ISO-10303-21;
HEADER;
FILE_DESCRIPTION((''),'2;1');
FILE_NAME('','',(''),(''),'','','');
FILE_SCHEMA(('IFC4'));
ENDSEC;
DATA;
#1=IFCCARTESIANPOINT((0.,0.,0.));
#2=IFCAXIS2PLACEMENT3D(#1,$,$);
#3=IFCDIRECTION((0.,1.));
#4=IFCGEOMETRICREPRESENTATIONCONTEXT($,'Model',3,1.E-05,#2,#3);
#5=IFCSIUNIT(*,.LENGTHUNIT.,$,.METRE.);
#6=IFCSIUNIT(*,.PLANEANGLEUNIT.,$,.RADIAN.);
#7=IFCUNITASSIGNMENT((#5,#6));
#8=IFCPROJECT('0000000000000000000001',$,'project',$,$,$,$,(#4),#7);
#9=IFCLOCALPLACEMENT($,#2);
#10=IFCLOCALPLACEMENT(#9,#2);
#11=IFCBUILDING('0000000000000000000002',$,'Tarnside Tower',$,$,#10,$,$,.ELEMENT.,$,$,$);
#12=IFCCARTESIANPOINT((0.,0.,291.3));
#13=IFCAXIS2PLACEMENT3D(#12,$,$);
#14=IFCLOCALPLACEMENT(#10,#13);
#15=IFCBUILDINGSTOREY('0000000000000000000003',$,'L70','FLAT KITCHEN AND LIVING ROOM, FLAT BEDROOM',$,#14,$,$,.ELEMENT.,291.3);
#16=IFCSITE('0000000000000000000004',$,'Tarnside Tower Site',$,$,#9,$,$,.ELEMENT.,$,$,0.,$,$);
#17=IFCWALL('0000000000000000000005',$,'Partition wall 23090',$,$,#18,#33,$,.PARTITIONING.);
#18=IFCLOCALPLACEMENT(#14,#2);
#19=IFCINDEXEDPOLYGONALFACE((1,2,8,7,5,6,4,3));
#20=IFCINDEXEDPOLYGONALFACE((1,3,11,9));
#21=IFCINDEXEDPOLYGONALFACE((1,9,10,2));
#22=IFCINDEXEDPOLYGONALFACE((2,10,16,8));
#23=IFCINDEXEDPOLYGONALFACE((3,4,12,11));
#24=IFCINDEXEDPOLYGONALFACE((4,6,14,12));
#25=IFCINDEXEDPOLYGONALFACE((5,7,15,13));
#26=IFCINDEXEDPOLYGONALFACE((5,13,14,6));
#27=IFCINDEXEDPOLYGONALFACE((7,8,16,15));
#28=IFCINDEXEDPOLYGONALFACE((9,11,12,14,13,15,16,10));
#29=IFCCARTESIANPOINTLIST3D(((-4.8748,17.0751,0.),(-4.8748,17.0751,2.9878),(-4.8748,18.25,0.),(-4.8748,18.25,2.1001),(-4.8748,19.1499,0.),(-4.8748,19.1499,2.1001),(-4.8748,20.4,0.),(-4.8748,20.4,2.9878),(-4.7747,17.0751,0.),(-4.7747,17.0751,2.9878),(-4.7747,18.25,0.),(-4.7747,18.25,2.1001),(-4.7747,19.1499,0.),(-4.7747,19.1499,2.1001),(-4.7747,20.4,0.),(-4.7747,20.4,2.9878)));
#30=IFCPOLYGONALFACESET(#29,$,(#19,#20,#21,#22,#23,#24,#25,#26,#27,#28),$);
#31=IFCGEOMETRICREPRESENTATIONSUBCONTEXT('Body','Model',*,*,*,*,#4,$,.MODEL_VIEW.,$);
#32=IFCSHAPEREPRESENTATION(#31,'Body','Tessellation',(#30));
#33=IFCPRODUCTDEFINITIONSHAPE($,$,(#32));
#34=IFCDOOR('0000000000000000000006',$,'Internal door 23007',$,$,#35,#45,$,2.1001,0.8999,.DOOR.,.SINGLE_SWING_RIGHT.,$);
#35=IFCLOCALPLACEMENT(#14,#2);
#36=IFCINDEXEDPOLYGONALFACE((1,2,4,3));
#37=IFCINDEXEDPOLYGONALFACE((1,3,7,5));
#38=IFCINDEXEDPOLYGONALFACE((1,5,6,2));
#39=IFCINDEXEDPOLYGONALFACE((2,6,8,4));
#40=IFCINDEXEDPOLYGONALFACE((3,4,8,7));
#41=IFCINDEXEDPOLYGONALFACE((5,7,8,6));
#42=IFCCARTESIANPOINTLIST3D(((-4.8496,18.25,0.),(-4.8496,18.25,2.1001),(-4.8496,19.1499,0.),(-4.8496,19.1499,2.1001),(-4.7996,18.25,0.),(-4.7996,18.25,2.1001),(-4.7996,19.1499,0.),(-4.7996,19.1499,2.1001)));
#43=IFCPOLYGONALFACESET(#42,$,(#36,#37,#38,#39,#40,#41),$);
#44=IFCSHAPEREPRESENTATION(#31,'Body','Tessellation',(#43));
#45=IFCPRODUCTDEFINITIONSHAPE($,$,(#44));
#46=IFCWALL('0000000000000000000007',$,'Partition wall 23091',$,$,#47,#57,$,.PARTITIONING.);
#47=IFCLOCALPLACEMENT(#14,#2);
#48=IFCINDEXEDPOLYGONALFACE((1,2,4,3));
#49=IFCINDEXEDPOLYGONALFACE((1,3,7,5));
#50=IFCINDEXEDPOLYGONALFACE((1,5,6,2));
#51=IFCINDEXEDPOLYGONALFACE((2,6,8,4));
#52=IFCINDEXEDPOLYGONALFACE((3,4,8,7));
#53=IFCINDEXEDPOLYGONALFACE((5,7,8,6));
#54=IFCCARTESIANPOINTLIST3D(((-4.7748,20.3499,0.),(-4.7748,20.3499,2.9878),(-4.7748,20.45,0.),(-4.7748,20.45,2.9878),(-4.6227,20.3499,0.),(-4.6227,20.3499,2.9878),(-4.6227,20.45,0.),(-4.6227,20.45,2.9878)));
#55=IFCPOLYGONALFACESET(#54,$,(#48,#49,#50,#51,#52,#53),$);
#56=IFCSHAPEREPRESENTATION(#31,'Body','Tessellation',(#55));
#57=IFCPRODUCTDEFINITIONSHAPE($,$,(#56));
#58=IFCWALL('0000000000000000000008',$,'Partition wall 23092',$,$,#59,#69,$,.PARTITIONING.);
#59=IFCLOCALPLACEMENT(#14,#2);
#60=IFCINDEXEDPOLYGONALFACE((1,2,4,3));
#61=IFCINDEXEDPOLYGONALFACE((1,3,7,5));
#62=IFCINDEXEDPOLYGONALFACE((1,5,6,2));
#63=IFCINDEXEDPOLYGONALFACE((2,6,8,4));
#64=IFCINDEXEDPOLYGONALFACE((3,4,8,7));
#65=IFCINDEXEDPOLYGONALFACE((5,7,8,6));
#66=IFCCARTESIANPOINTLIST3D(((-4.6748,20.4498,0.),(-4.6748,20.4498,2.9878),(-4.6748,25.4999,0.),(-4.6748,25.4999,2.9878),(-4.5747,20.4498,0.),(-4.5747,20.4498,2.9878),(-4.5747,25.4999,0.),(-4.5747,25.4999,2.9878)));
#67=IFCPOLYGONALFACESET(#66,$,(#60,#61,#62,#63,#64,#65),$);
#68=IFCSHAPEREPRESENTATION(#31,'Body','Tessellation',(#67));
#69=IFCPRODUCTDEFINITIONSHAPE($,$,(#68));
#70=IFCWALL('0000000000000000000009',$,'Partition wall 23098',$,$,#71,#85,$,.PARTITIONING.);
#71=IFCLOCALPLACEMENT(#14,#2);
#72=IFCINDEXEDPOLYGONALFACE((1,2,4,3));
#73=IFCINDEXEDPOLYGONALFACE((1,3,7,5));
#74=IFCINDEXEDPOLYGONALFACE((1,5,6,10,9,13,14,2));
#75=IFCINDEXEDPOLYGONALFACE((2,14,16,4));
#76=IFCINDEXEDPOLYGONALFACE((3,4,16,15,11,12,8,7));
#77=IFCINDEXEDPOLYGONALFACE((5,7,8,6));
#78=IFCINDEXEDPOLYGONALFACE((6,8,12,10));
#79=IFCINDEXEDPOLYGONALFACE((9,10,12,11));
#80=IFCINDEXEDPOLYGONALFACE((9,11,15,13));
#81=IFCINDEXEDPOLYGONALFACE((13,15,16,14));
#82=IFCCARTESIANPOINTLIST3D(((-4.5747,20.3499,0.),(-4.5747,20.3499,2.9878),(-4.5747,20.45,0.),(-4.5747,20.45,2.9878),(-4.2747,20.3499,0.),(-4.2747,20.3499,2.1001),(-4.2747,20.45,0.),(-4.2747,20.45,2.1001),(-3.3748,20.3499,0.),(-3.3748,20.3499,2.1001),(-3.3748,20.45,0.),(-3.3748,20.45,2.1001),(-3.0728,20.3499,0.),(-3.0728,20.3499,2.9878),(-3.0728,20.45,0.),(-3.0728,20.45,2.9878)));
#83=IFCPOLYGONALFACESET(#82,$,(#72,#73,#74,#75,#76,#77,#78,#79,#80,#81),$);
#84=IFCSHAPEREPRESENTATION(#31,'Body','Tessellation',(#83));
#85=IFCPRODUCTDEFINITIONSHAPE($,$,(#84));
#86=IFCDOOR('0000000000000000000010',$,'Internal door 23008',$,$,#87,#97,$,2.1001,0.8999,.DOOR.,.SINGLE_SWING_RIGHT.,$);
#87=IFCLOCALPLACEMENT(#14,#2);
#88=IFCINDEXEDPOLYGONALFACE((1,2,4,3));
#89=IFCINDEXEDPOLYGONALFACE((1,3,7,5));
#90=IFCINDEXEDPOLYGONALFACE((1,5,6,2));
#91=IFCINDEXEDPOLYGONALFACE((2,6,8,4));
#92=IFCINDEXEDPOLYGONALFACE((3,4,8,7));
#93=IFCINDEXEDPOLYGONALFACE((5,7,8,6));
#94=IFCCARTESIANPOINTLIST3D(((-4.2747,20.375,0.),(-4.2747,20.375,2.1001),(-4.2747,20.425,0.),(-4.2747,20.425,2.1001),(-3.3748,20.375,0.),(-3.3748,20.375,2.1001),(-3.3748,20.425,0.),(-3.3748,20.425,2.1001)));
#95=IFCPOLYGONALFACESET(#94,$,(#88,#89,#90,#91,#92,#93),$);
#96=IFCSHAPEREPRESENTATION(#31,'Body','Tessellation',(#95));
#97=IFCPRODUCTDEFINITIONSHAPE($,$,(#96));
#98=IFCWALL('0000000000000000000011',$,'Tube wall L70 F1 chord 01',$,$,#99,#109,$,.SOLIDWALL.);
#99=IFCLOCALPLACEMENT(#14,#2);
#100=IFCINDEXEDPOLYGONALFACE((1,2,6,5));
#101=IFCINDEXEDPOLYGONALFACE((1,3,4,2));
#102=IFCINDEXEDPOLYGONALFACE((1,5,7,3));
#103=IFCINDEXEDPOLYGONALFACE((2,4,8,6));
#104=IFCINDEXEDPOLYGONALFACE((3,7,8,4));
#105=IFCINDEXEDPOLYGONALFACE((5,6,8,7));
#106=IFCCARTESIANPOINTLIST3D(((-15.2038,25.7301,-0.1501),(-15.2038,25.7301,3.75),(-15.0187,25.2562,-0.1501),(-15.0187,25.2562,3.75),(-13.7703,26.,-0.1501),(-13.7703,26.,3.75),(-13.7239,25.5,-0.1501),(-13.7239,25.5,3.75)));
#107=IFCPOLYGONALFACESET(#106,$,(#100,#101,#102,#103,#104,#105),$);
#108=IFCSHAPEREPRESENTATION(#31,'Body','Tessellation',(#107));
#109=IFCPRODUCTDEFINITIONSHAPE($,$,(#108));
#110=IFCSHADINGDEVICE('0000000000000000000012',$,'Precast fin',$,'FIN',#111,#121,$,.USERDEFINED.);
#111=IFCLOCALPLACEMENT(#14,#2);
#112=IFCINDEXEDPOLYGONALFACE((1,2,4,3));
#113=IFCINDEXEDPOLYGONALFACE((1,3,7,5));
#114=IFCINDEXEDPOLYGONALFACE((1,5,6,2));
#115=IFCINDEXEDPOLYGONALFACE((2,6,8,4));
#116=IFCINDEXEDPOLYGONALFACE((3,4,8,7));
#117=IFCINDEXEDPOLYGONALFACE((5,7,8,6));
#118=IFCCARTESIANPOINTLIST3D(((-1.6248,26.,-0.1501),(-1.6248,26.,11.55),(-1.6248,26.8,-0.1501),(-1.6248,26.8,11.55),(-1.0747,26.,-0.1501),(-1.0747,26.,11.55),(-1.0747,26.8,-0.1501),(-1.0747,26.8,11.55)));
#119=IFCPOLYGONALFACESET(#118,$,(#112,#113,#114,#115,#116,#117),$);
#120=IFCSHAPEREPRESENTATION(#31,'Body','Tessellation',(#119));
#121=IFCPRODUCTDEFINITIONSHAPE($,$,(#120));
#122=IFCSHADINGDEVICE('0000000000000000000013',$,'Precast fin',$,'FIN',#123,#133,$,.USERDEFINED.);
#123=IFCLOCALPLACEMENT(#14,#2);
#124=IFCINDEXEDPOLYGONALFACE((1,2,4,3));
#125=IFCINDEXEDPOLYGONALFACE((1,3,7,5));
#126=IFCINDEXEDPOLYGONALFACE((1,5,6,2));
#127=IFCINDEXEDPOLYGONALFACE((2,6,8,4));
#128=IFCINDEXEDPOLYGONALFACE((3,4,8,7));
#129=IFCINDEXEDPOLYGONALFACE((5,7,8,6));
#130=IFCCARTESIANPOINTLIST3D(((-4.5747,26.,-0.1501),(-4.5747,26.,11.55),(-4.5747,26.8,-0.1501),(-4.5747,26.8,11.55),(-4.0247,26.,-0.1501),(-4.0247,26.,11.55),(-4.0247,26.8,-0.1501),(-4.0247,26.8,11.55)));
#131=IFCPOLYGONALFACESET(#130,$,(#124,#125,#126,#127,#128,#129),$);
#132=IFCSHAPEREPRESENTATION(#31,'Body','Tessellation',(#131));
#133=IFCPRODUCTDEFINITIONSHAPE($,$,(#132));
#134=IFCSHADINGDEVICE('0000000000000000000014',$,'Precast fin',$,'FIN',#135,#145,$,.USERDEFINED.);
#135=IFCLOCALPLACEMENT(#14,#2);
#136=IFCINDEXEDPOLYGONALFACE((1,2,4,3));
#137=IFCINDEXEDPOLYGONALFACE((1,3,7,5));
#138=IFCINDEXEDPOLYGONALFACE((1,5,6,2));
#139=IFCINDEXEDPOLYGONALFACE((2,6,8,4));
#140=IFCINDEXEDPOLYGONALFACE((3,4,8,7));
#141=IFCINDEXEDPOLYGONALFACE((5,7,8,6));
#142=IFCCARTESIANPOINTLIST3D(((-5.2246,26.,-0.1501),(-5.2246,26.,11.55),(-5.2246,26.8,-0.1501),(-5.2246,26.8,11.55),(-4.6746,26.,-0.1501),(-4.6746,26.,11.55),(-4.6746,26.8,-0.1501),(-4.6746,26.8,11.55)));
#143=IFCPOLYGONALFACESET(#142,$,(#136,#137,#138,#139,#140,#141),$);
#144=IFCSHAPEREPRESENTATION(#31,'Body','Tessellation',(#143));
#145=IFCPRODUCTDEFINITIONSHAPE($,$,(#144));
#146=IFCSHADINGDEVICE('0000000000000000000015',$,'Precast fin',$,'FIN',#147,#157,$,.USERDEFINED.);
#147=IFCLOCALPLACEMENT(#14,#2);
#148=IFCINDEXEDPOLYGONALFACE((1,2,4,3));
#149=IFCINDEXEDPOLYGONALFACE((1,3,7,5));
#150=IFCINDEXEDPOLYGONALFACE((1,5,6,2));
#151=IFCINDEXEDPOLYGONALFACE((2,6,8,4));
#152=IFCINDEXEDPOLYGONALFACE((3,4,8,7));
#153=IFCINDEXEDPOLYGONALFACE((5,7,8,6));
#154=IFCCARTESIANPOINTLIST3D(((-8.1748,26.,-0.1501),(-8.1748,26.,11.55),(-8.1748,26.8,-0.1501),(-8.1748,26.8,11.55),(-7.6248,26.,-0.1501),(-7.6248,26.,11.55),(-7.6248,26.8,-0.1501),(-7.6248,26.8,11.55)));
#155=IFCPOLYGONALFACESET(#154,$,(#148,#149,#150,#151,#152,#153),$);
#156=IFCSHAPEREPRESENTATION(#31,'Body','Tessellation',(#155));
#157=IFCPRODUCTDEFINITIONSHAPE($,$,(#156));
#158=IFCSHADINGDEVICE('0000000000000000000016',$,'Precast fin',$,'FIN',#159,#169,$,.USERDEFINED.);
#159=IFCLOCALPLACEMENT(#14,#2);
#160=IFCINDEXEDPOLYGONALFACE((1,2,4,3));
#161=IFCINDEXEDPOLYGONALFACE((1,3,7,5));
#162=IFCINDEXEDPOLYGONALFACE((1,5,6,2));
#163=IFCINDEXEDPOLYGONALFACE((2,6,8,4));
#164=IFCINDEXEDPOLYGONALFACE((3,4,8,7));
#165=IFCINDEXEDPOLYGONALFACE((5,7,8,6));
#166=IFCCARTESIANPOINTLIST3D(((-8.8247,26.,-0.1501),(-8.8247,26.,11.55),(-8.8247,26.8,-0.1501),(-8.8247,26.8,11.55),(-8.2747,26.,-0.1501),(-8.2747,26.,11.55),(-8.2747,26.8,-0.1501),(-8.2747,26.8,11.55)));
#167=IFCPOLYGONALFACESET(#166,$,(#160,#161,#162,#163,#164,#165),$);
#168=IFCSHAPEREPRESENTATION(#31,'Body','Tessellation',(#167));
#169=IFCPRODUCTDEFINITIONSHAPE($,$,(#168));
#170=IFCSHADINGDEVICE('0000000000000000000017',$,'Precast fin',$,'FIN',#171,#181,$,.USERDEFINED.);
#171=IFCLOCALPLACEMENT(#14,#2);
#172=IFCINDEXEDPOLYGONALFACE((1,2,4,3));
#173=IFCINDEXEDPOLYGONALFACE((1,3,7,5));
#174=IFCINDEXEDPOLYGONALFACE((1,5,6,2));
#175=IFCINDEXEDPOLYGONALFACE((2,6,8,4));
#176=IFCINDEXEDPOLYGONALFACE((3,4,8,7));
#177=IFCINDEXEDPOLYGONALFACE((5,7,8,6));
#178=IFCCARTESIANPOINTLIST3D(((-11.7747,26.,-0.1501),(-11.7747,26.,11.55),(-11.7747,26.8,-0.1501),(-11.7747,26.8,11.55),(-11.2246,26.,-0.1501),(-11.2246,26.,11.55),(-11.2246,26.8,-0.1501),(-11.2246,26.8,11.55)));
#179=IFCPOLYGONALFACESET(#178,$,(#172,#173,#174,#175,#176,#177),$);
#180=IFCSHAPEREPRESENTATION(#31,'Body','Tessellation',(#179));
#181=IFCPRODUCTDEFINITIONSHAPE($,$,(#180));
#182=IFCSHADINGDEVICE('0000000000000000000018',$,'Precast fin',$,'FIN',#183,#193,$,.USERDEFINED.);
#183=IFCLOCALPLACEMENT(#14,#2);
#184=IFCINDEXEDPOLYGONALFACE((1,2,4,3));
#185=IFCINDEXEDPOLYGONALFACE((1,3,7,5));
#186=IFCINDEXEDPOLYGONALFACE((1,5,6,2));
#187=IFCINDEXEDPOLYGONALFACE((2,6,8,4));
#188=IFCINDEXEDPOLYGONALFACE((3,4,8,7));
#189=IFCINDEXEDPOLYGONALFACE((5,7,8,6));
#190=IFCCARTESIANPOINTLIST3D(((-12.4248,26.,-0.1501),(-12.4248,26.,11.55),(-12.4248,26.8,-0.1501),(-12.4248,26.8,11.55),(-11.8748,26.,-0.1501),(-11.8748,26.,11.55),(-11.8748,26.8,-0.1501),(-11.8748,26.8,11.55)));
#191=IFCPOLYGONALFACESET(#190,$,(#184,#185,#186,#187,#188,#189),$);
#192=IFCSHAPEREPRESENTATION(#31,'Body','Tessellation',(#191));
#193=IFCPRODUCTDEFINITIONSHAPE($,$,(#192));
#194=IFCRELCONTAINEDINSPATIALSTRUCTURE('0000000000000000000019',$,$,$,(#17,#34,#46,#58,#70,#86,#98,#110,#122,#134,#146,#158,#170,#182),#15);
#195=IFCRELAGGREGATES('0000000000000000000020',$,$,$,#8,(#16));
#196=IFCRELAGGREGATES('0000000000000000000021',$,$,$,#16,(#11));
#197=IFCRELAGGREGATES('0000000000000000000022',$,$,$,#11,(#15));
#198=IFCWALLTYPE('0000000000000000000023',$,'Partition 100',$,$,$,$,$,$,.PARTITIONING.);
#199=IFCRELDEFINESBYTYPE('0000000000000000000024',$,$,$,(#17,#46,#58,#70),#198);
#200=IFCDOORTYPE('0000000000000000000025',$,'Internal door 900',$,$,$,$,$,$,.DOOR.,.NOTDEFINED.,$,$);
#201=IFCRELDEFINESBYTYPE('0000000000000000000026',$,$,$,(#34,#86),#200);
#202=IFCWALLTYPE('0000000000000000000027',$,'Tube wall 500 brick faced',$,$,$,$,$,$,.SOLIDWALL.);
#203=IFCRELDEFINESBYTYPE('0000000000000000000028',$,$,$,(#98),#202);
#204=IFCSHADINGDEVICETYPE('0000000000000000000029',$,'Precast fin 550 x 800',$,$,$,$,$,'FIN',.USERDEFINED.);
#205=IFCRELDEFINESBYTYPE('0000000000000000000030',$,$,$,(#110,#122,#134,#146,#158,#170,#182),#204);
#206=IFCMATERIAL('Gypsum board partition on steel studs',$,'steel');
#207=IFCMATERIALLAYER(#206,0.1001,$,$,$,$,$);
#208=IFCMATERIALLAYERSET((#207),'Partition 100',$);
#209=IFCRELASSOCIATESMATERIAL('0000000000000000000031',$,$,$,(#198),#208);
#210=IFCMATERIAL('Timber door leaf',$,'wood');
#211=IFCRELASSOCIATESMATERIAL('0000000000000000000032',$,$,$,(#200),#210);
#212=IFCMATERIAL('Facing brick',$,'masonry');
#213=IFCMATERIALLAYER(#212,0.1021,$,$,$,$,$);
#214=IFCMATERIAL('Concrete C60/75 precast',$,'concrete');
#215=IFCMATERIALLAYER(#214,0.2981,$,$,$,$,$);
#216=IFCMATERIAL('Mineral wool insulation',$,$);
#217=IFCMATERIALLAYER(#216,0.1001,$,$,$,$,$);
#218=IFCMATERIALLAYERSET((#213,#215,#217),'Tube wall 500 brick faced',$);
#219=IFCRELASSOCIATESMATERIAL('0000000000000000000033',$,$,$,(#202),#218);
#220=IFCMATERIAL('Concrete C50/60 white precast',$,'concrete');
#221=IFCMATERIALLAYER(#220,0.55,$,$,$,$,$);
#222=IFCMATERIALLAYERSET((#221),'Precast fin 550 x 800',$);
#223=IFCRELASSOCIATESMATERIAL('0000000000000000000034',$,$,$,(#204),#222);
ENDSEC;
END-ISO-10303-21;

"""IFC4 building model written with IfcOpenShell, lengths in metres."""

from ifc_helpers import new_model, si_unit, direction, frame, frame_2d, origin, place, context, subcontext, project, spatial, polyline, rectangle, outline, extrude, material, layer, layer_set, type_object, element, fill, save


model = new_model("IFC4")

# Units and contexts
model_context = context("Model", 3, precision=1e-05, world=origin(), true_north=direction((0.0, 1.0)))
body_context = subcontext(model_context, "Body", "Model", "MODEL_VIEW")
ifc_project = project(units=[si_unit("LENGTHUNIT", "METRE"), si_unit("PLANEANGLEUNIT", "RADIAN")], contexts=[model_context])

# Site, building, storey
site_placement = place(None, origin())
site = spatial("IfcSite", under=ifc_project, at=site_placement, Name="Tarnside Tower Site", CompositionType="ELEMENT", RefElevation=0.0)
building_placement = place(site_placement, origin())
building = spatial("IfcBuilding", under=site, at=building_placement, Name="Tarnside Tower", CompositionType="ELEMENT")
storey_placement = place(building_placement, frame((0.0, 0.0, 291.3)))
storey = spatial("IfcBuildingStorey", under=building, at=storey_placement, Name="L70", Description="FLAT KITCHEN AND LIVING ROOM, FLAT BEDROOM", CompositionType="ELEMENT", Elevation=291.3)

# Shared definitions
ifc_material_1 = material(Name="Gypsum board partition on steel studs", Category="steel")
ifc_material_2 = material(Name="Timber door leaf", Category="wood")

# Wall, opening, door
ifc_layer_1 = layer(ifc_material_1, 0.1001)
ifc_layer_set_1 = layer_set([ifc_layer_1], Name="Partition 100")
wall_type_1 = type_object("IfcWallType", Name="Partition 100", PredefinedType="PARTITIONING", material=ifc_layer_set_1)
wall_1_placement = place(storey_placement, frame((-4.8247, 17.075, 0.0), z_axis=(0.0, 0.0, 1.0), x_axis=(0.0, 1.0, 0.0)))
wall_1 = element("IfcWall", 1, at=wall_1_placement, inside=storey, type_object=wall_type_1, Name="Partition wall 23090", PredefinedType="PARTITIONING", context=body_context, shape_type="SweptSolid", body=[
    extrude(rectangle(XDim=3.325, YDim=0.1001, at=frame_2d((1.6626, 0.0))), origin(), (0.0, 0.0, 1.0), 2.9878),
])
opening_1_placement = place(wall_1_placement, frame((1.175, 0.0, 0.0)))
opening_1 = element("IfcOpeningElement", 2, at=opening_1_placement, cuts=wall_1, PredefinedType="OPENING", context=body_context, shape_type="SweptSolid", body=[
    extrude(rectangle(XDim=0.8999, YDim=2.1001, at=frame_2d((0.45, 1.05))), frame((0.0, 0.0601, 0.0), z_axis=(0.0, -1.0, 0.0), x_axis=(1.0, 0.0, 0.0)), (0.0, 0.0, 1.0), 0.1201),
])
door_type_1 = type_object("IfcDoorType", Name="Internal door 900", OperationType="NOTDEFINED", PredefinedType="DOOR", material=ifc_material_2)
door_1_placement = place(opening_1_placement, origin())
door_1 = element("IfcDoor", 3, at=door_1_placement, inside=storey, type_object=door_type_1, Name="Internal door 23007", OperationType="SINGLE_SWING_RIGHT", OverallHeight=2.1001, OverallWidth=0.8999, PredefinedType="DOOR", context=body_context, shape_type="SweptSolid", body=[
    extrude(rectangle(XDim=0.8999, YDim=2.1001, at=frame_2d((0.45, 1.05))), frame((0.0, 0.0249, 0.0), z_axis=(0.0, -1.0, 0.0), x_axis=(1.0, 0.0, 0.0)), (0.0, 0.0, 1.0), 0.05),
])
fill(opening_1, door_1)

# Walls
wall_2_placement = place(storey_placement, frame((-4.7749, 20.3999, 0.0), z_axis=(0.0, 0.0, 1.0), x_axis=(1.0, 0.0, 0.0)))
element("IfcWall", 4, at=wall_2_placement, inside=storey, type_object=wall_type_1, Name="Partition wall 23091", PredefinedType="PARTITIONING", context=body_context, shape_type="SweptSolid", body=[
    extrude(rectangle(XDim=0.1521, YDim=0.1001, at=frame_2d((0.0762, 0.0))), origin(), (0.0, 0.0, 1.0), 2.9878),
])
wall_3_placement = place(storey_placement, frame((-4.6248, 20.45, 0.0), z_axis=(0.0, 0.0, 1.0), x_axis=(0.0, 1.0, 0.0)))
element("IfcWall", 5, at=wall_3_placement, inside=storey, type_object=wall_type_1, Name="Partition wall 23092", PredefinedType="PARTITIONING", context=body_context, shape_type="SweptSolid", body=[
    extrude(rectangle(XDim=5.05, YDim=0.1001, at=frame_2d((2.5249, 0.0))), origin(), (0.0, 0.0, 1.0), 2.9878),
])

# Wall, opening, door
wall_4_placement = place(storey_placement, frame((-3.0728, 20.3999, 0.0), z_axis=(0.0, 0.0, 1.0), x_axis=(-1.0, 0.0, 0.0)))
wall_4 = element("IfcWall", 6, at=wall_4_placement, inside=storey, type_object=wall_type_1, Name="Partition wall 23098", PredefinedType="PARTITIONING", context=body_context, shape_type="SweptSolid", body=[
    extrude(rectangle(XDim=1.502, YDim=0.1001, at=frame_2d((0.751, 0.0))), origin(), (0.0, 0.0, 1.0), 2.9878),
])
opening_2_placement = place(wall_4_placement, frame((0.302, 0.0, 0.0)))
opening_2 = element("IfcOpeningElement", 7, at=opening_2_placement, cuts=wall_4, PredefinedType="OPENING", context=body_context, shape_type="SweptSolid", body=[
    extrude(rectangle(XDim=0.8999, YDim=2.1001, at=frame_2d((0.45, 1.05))), frame((0.0, 0.0601, 0.0), z_axis=(0.0, -1.0, 0.0), x_axis=(1.0, 0.0, 0.0)), (0.0, 0.0, 1.0), 0.1201),
])
door_2_placement = place(opening_2_placement, origin())
door_2 = element("IfcDoor", 8, at=door_2_placement, inside=storey, type_object=door_type_1, Name="Internal door 23008", OperationType="SINGLE_SWING_RIGHT", OverallHeight=2.1001, OverallWidth=0.8999, PredefinedType="DOOR", context=body_context, shape_type="SweptSolid", body=[
    extrude(rectangle(XDim=0.8999, YDim=2.1001, at=frame_2d((0.45, 1.05))), frame((0.0, 0.0249, 0.0), z_axis=(0.0, -1.0, 0.0), x_axis=(1.0, 0.0, 0.0)), (0.0, 0.0, 1.0), 0.05),
])
fill(opening_2, door_2)

# Wall
ifc_material_3 = material(Name="Facing brick", Category="masonry")
ifc_layer_2 = layer(ifc_material_3, 0.1021)
ifc_material_4 = material(Name="Concrete C60/75 precast", Category="concrete")
ifc_layer_3 = layer(ifc_material_4, 0.2981)
ifc_material_5 = material(Name="Mineral wool insulation")
ifc_layer_4 = layer(ifc_material_5, 0.1001)
ifc_layer_set_2 = layer_set([ifc_layer_2, ifc_layer_3, ifc_layer_4], Name="Tube wall 500 brick faced")
wall_type_2 = type_object("IfcWallType", Name="Tube wall 500 brick faced", PredefinedType="SOLIDWALL", material=ifc_layer_set_2)
wall_5_placement = place(storey_placement, frame((-13.7471, 25.75, -0.1501), z_axis=(0.0, 0.0, 1.0), x_axis=(-0.982737, -0.185011, 0.0)))
element("IfcWall", 9, at=wall_5_placement, inside=storey, type_object=wall_type_2, Name="Tube wall L70 F1 chord 01", PredefinedType="SOLIDWALL", context=body_context, shape_type="SweptSolid", body=[
    extrude(outline(polyline([(-0.0234, -0.25), (1.4353, -0.25), (1.3411, 0.25), (0.0234, 0.25), (-0.0234, -0.25)])), origin(), (0.0, 0.0, 1.0), 3.9001),
])

# Shading devices
ifc_material_6 = material(Name="Concrete C50/60 white precast", Category="concrete")
ifc_layer_5 = layer(ifc_material_6, 0.55)
ifc_layer_set_3 = layer_set([ifc_layer_5], Name="Precast fin 550 x 800")
shading_device_type = type_object("IfcShadingDeviceType", Name="Precast fin 550 x 800", ElementType="FIN", PredefinedType="USERDEFINED", material=ifc_layer_set_3)
for number, where, z_axis, x_axis, name in (
    (10, (-1.3499, 26.0, -0.1501), (1.0, 0.0, 0.0), (0.0, 1.0, 0.0), "Precast fin"),
    (11, (-4.2998, 26.0, -0.1501), (1.0, 0.0, 0.0), (0.0, 1.0, 0.0), "Precast fin"),
    (12, (-4.9497, 26.0, -0.1501), (1.0, 0.0, 0.0), (0.0, 1.0, 0.0), "Precast fin"),
    (13, (-7.8999, 26.0, -0.1501), (1.0, 0.0, 0.0), (0.0, 1.0, 0.0), "Precast fin"),
    (14, (-8.5498, 26.0, -0.1501), (1.0, 0.0, 0.0), (0.0, 1.0, 0.0), "Precast fin"),
    (15, (-11.4998, 26.0, -0.1501), (1.0, 0.0, 0.0), (0.0, 1.0, 0.0), "Precast fin"),
    (16, (-12.1499, 26.0, -0.1501), (1.0, 0.0, 0.0), (0.0, 1.0, 0.0), "Precast fin"),
):
    element("IfcShadingDevice", number, at=place(storey_placement, frame(where, z_axis=z_axis, x_axis=x_axis)), inside=storey, type_object=shading_device_type, Name=name, ObjectType="FIN", PredefinedType="USERDEFINED", context=body_context, shape_type="SweptSolid", body=[
        extrude(outline(polyline([(0.0, 0.0), (0.8, 0.0), (0.8, 11.7002), (0.0, 11.7002), (0.0, 0.0)])), frame((0.0, 0.0, -0.2749)), (0.0, 0.0, 1.0), 0.55),
    ])

save(model, "model.ifc")
